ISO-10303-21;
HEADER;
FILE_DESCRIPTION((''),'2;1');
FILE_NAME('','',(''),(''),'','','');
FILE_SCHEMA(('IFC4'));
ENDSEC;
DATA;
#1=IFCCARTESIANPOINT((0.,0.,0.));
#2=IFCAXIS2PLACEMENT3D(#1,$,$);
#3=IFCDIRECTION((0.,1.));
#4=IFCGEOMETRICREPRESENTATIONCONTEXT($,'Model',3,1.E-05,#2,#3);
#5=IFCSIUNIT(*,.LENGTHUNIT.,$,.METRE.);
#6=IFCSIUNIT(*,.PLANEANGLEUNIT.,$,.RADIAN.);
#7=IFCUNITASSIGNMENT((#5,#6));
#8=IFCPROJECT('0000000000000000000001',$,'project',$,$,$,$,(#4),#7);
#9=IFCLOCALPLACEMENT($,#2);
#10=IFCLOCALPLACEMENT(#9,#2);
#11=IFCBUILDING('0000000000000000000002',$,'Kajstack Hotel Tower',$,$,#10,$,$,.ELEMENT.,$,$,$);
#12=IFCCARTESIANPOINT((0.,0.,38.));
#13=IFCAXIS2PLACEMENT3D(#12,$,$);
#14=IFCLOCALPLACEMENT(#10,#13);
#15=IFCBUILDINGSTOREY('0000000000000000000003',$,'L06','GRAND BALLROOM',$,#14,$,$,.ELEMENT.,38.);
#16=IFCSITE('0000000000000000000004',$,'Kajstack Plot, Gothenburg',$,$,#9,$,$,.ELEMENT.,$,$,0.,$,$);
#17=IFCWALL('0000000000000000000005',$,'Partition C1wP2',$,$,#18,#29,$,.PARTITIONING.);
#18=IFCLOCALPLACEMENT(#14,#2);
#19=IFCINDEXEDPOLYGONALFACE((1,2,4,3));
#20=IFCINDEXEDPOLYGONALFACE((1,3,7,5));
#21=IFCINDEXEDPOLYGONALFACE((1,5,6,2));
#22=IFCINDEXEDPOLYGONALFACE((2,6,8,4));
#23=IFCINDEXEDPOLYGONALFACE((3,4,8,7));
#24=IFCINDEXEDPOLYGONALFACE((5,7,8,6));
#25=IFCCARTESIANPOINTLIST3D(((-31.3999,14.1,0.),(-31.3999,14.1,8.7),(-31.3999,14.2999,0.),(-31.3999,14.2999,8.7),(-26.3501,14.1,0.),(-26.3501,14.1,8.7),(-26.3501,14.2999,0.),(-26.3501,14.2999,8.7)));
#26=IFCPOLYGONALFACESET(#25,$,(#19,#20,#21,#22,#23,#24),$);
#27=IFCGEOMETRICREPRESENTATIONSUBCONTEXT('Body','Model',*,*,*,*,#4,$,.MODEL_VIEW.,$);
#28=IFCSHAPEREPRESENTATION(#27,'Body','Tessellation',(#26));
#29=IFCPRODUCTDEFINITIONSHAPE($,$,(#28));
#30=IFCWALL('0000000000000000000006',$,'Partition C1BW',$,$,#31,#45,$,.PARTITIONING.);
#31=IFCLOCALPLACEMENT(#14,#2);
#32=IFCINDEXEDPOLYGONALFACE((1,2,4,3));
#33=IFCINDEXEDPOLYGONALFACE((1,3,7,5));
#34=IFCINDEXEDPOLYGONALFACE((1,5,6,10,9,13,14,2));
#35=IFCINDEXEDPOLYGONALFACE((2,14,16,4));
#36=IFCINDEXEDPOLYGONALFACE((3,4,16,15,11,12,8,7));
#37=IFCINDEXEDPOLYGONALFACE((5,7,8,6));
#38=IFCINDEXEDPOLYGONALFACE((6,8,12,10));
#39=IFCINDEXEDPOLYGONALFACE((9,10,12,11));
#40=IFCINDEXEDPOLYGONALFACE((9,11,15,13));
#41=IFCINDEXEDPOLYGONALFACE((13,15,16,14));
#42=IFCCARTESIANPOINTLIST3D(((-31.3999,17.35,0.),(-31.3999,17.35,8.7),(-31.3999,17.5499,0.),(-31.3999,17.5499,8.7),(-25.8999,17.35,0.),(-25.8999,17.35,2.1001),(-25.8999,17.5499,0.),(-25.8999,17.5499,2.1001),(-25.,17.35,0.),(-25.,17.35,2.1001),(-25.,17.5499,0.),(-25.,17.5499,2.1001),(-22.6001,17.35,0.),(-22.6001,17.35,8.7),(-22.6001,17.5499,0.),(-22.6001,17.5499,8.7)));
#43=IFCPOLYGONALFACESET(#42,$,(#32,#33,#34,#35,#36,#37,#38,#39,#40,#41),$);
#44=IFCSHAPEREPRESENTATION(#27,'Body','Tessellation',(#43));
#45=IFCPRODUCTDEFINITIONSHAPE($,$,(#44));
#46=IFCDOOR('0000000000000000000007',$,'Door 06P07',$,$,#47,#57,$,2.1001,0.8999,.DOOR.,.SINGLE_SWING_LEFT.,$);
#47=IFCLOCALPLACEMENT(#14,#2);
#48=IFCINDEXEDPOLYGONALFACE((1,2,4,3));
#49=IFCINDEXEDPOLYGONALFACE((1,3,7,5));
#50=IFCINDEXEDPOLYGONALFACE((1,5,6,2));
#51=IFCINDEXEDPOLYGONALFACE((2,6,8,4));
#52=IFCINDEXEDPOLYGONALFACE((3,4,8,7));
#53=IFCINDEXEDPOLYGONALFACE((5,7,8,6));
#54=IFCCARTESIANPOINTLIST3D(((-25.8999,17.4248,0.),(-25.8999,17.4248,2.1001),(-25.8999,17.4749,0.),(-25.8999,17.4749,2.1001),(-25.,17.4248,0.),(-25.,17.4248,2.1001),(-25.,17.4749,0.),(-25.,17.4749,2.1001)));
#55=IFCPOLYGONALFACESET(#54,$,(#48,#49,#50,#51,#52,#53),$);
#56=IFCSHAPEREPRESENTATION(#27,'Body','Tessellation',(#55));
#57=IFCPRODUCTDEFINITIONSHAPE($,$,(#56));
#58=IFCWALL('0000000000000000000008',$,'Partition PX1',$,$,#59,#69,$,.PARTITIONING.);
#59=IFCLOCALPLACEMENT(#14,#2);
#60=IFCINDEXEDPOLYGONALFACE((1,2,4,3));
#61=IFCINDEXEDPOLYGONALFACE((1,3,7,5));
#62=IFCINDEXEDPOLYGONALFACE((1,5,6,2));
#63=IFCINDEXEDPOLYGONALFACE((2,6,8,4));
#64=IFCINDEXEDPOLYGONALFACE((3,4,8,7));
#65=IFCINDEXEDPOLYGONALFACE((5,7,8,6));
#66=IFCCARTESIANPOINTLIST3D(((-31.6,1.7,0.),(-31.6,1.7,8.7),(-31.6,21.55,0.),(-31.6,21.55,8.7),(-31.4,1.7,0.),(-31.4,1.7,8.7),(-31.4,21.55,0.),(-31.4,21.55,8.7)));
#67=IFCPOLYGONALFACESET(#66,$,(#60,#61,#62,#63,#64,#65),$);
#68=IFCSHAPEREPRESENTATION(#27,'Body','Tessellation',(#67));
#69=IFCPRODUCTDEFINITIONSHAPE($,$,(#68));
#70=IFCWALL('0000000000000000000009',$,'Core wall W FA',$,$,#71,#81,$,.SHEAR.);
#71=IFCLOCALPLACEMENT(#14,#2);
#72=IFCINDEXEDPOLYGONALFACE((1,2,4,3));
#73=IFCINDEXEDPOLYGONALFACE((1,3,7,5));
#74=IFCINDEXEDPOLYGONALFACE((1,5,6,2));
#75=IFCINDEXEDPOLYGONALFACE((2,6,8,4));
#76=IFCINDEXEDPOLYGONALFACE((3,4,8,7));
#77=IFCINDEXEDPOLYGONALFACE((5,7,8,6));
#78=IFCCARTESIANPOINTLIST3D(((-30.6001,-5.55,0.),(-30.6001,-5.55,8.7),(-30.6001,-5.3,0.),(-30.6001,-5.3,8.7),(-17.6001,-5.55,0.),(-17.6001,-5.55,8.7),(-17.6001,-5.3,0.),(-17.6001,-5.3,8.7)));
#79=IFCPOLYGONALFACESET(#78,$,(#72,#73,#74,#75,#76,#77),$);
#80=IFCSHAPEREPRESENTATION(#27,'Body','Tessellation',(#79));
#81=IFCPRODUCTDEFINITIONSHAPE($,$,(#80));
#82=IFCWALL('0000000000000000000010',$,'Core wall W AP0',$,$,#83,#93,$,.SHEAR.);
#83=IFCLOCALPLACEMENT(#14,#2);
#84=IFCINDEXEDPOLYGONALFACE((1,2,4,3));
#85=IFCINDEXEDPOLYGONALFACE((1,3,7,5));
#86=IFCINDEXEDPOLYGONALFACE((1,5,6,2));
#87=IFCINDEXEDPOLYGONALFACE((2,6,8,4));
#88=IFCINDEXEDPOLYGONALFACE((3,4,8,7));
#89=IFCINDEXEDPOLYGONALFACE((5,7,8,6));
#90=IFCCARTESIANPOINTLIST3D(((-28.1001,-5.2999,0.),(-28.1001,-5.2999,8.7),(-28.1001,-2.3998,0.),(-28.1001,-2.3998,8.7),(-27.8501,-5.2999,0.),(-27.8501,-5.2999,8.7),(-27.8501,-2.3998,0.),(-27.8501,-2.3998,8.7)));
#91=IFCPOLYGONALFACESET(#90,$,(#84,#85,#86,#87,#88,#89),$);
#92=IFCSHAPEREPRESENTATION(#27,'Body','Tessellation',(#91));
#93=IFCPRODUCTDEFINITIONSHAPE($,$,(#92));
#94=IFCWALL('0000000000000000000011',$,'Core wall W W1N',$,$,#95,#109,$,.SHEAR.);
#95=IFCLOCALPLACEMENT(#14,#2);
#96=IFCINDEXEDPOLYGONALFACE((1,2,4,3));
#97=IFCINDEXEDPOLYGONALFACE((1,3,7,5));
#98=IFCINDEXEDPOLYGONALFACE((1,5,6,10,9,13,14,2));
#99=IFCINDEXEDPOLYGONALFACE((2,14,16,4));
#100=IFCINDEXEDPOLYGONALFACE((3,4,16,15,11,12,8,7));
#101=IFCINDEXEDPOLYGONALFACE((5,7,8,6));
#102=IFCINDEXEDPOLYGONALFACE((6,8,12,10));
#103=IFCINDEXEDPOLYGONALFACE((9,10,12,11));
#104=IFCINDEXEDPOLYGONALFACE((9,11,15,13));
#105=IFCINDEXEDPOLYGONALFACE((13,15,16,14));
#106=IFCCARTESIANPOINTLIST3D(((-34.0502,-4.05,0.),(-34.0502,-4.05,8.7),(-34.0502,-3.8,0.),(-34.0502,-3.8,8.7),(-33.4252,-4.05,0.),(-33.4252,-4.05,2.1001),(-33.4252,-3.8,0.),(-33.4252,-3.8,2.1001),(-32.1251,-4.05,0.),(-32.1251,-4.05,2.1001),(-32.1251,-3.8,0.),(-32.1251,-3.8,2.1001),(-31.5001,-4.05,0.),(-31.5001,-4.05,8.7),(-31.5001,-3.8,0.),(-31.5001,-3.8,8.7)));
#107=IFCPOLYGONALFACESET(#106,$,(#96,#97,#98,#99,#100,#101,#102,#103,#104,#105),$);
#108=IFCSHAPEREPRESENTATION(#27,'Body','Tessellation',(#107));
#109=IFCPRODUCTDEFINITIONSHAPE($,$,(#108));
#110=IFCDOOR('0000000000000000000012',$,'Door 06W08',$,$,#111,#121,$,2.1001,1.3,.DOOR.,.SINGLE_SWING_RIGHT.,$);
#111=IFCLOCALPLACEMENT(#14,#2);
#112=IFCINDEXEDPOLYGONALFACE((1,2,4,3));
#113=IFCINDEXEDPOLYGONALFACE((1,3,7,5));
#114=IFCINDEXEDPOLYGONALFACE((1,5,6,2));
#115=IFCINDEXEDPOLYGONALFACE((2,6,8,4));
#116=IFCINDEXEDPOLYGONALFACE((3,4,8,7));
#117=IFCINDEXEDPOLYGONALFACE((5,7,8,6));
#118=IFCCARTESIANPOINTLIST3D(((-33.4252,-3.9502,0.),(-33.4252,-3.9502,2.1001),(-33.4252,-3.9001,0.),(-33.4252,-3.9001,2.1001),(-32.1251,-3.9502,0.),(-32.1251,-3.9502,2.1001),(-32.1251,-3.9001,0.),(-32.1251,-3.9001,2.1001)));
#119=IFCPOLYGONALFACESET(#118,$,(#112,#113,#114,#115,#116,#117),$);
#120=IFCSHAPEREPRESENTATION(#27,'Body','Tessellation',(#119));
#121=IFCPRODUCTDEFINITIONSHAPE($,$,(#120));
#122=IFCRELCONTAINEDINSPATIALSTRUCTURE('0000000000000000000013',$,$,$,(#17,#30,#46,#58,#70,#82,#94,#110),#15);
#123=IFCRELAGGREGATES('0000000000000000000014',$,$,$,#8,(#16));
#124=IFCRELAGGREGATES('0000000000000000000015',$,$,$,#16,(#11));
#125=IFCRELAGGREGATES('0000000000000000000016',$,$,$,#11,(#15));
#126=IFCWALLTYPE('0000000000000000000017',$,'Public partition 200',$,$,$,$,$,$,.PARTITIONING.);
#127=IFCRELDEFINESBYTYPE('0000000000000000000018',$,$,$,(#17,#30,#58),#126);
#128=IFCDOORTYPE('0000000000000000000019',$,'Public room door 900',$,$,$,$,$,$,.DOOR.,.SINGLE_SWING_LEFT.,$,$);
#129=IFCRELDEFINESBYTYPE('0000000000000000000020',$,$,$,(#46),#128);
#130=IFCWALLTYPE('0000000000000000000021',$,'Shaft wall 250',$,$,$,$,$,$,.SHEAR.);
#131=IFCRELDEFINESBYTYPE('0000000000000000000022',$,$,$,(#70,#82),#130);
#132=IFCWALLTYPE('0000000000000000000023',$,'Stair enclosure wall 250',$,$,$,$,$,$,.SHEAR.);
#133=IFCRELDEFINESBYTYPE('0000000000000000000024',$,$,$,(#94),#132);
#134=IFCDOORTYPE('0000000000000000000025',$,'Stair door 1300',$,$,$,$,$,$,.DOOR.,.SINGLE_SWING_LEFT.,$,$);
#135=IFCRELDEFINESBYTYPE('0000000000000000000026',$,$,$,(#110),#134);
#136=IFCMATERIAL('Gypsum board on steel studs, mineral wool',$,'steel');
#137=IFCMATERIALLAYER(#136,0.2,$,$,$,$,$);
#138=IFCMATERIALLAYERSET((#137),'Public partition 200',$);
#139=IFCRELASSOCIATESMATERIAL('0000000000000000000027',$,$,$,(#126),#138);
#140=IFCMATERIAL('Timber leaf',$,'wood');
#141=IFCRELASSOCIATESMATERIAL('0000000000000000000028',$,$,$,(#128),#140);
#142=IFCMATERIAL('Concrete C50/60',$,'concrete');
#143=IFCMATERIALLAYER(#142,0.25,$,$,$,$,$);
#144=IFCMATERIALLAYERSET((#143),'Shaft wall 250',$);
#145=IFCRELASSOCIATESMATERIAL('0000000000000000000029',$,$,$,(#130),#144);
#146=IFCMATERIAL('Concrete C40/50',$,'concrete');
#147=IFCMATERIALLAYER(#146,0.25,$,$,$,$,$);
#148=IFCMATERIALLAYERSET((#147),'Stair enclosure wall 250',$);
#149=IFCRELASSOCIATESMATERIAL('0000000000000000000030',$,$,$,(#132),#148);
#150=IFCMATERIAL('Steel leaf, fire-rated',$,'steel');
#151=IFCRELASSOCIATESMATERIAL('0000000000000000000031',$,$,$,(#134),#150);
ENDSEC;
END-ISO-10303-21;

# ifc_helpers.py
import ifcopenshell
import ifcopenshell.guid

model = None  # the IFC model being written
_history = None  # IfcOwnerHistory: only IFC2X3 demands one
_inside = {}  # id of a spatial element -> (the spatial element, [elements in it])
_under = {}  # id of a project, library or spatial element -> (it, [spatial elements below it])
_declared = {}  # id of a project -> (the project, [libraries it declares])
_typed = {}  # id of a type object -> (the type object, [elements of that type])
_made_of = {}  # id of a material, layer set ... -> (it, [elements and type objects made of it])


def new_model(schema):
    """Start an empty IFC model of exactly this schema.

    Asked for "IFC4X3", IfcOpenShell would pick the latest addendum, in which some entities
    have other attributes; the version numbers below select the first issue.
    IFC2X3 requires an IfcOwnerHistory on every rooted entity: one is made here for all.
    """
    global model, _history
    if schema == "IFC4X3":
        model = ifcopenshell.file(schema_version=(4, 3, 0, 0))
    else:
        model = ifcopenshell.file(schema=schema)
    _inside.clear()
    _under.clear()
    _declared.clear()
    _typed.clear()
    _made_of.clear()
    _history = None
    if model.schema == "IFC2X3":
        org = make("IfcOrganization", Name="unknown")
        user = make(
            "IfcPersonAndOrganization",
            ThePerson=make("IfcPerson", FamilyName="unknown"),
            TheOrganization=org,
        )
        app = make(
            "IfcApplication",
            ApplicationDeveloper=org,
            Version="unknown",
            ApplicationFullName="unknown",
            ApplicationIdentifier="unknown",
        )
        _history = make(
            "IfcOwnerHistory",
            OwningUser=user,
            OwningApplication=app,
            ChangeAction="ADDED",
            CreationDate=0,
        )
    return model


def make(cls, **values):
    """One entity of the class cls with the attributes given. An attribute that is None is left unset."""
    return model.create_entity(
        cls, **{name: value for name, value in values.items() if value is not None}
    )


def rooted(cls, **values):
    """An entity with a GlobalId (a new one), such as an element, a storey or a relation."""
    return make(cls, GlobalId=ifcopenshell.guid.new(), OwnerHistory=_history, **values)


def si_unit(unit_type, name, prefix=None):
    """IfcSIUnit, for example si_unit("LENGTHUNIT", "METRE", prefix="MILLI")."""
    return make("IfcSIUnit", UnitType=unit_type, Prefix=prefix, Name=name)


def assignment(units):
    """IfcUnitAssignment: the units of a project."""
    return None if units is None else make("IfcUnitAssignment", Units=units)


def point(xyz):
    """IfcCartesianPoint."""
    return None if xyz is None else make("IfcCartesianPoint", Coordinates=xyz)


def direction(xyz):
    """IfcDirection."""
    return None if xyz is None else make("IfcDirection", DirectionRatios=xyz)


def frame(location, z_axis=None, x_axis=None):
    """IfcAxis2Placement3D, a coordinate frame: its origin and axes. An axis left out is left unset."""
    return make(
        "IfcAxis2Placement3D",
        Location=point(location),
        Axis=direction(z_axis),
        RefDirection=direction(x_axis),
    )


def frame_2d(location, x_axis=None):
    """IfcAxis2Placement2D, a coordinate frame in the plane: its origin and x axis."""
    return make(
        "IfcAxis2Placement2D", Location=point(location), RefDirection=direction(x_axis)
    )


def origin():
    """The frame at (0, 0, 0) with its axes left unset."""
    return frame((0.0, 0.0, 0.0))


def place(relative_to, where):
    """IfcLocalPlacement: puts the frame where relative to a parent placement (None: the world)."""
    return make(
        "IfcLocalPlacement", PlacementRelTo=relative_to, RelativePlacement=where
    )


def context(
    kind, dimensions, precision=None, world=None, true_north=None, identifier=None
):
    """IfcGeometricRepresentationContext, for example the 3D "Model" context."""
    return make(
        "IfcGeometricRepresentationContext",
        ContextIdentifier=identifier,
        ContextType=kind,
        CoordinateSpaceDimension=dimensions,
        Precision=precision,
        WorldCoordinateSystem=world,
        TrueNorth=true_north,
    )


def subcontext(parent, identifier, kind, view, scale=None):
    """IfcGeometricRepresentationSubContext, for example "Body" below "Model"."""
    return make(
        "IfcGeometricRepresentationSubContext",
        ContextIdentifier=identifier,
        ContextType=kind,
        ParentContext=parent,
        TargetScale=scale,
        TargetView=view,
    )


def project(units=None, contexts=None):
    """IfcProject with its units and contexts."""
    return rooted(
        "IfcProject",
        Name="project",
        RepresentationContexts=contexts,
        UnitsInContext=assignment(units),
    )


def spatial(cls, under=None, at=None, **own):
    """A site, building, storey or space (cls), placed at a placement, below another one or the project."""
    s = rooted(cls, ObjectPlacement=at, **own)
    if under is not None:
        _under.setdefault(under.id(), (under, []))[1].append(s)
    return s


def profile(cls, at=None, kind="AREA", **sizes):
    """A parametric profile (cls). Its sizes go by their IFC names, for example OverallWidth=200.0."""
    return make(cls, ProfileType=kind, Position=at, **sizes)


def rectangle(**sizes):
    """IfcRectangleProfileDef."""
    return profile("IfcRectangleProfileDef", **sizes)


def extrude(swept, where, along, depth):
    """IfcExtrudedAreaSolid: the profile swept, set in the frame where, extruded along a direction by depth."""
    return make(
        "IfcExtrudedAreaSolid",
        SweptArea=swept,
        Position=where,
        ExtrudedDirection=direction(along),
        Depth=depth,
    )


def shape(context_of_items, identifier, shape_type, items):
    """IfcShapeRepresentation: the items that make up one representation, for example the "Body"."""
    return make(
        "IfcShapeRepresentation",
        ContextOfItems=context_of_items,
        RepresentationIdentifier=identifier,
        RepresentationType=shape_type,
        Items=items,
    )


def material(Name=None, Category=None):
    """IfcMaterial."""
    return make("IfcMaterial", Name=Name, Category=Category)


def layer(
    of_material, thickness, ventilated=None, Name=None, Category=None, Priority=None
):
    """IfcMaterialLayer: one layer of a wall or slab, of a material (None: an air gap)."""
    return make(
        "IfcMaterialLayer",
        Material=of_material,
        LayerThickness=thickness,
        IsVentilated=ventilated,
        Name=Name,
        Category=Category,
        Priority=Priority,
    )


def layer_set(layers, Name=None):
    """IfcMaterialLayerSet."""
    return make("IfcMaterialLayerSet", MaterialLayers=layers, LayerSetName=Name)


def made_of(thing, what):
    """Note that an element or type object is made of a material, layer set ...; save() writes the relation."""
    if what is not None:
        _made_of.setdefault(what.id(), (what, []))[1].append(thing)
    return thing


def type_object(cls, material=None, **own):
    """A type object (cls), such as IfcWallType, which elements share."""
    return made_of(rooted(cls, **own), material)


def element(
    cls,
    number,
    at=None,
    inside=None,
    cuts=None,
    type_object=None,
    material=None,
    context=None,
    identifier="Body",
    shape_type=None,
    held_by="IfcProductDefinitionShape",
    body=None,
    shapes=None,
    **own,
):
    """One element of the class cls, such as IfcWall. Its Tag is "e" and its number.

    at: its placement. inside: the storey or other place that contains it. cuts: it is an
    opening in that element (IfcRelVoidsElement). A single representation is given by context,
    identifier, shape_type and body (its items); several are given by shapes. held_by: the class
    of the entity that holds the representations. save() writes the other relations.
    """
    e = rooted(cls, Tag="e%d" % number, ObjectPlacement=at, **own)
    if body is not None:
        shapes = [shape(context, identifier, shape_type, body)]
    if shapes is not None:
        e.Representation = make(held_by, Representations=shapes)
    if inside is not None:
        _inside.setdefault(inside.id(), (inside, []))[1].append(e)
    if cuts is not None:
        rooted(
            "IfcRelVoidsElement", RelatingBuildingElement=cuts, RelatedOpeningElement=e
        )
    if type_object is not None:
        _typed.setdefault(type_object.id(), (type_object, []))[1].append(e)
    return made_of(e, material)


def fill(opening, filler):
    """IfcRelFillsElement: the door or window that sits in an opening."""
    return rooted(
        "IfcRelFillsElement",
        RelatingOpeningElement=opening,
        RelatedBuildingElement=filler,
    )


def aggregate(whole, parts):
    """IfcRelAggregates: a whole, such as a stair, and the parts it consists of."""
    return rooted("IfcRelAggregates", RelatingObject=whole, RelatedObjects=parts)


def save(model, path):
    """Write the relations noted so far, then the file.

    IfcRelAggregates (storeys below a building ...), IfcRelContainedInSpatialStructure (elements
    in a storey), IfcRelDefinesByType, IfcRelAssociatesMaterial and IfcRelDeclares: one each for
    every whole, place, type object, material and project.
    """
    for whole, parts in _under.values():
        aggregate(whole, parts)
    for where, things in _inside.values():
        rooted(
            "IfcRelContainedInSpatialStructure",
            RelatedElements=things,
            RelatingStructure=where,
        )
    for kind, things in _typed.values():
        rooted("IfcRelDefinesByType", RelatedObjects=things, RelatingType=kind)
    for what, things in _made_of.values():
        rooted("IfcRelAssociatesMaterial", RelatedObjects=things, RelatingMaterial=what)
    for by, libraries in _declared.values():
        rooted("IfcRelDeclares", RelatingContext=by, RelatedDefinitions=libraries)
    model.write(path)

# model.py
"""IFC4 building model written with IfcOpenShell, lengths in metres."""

from ifc_helpers import new_model, si_unit, direction, frame, frame_2d, origin, place, context, subcontext, project, spatial, rectangle, extrude, material, layer, layer_set, type_object, element, fill, save


model = new_model("IFC4")

# Units and contexts
model_context = context("Model", 3, precision=1e-05, world=origin(), true_north=direction((0.0, 1.0)))
body_context = subcontext(model_context, "Body", "Model", "MODEL_VIEW")
ifc_project = project(units=[si_unit("LENGTHUNIT", "METRE"), si_unit("PLANEANGLEUNIT", "RADIAN")], contexts=[model_context])

# Site, building, storey
site_placement = place(None, origin())
site = spatial("IfcSite", under=ifc_project, at=site_placement, Name="Kajstack Plot, Gothenburg", CompositionType="ELEMENT", RefElevation=0.0)
building_placement = place(site_placement, origin())
building = spatial("IfcBuilding", under=site, at=building_placement, Name="Kajstack Hotel Tower", CompositionType="ELEMENT")
storey_placement = place(building_placement, frame((0.0, 0.0, 38.0)))
storey = spatial("IfcBuildingStorey", under=building, at=storey_placement, Name="L06", Description="GRAND BALLROOM", CompositionType="ELEMENT", Elevation=38.0)

# Shared definitions
ifc_material_1 = material(Name="Gypsum board on steel studs, mineral wool", Category="steel")
ifc_layer_1 = layer(ifc_material_1, 0.2)
ifc_layer_set_1 = layer_set([ifc_layer_1], Name="Public partition 200")
wall_type_1 = type_object("IfcWallType", Name="Public partition 200", PredefinedType="PARTITIONING", material=ifc_layer_set_1)
ifc_material_2 = material(Name="Timber leaf", Category="wood")
door_type_1 = type_object("IfcDoorType", Name="Public room door 900", OperationType="SINGLE_SWING_LEFT", PredefinedType="DOOR", material=ifc_material_2)

# Wall
for number, where, z_axis, x_axis, name in (
    (1, (-31.3999, 14.2, 0.0), (0.0, 0.0, 1.0), (1.0, 0.0, 0.0), "Partition C1wP2"),
):
    element("IfcWall", number, at=place(storey_placement, frame(where, z_axis=z_axis, x_axis=x_axis)), inside=storey, type_object=wall_type_1, Name=name, PredefinedType="PARTITIONING", context=body_context, shape_type="SweptSolid", body=[
        extrude(rectangle(XDim=5.0498, YDim=0.2, at=frame_2d((2.5249, 0.0))), origin(), (0.0, 0.0, 1.0), 8.7),
    ])

# Wall, opening, door
wall_1_placement = place(storey_placement, frame((-31.3999, 17.45, 0.0), z_axis=(0.0, 0.0, 1.0), x_axis=(1.0, 0.0, 0.0)))
wall_1 = element("IfcWall", 2, at=wall_1_placement, inside=storey, type_object=wall_type_1, Name="Partition C1BW", PredefinedType="PARTITIONING", context=body_context, shape_type="SweptSolid", body=[
    extrude(rectangle(XDim=8.7998, YDim=0.2, at=frame_2d((4.3999, 0.0))), origin(), (0.0, 0.0, 1.0), 8.7),
])
opening_1_placement = place(wall_1_placement, frame((5.5, 0.0, 0.0)))
opening_1 = element("IfcOpeningElement", 3, at=opening_1_placement, cuts=wall_1, PredefinedType="OPENING", context=body_context, shape_type="SweptSolid", body=[
    extrude(rectangle(XDim=0.8999, YDim=2.1001, at=frame_2d((0.45, 1.05))), frame((0.0, 0.1099, 0.0), z_axis=(0.0, -1.0, 0.0), x_axis=(1.0, 0.0, 0.0)), (0.0, 0.0, 1.0), 0.22),
])
door_1_placement = place(opening_1_placement, origin())
door_1 = element("IfcDoor", 4, at=door_1_placement, inside=storey, type_object=door_type_1, Name="Door 06P07", OperationType="SINGLE_SWING_LEFT", OverallHeight=2.1001, OverallWidth=0.8999, PredefinedType="DOOR", context=body_context, shape_type="SweptSolid", body=[
    extrude(rectangle(XDim=0.8999, YDim=2.1001, at=frame_2d((0.45, 1.05))), frame((0.0, 0.0249, 0.0), z_axis=(0.0, -1.0, 0.0), x_axis=(1.0, 0.0, 0.0)), (0.0, 0.0, 1.0), 0.05),
])
fill(opening_1, door_1)

# Walls
wall_2_placement = place(storey_placement, frame((-31.5, 1.7, 0.0), z_axis=(0.0, 0.0, 1.0), x_axis=(0.0, 1.0, 0.0)))
element("IfcWall", 5, at=wall_2_placement, inside=storey, type_object=wall_type_1, Name="Partition PX1", PredefinedType="PARTITIONING", context=body_context, shape_type="SweptSolid", body=[
    extrude(rectangle(XDim=19.8501, YDim=0.2, at=frame_2d((9.925, 0.0))), origin(), (0.0, 0.0, 1.0), 8.7),
])
ifc_material_3 = material(Name="Concrete C50/60", Category="concrete")
ifc_layer_2 = layer(ifc_material_3, 0.25)
ifc_layer_set_2 = layer_set([ifc_layer_2], Name="Shaft wall 250")
wall_type_2 = type_object("IfcWallType", Name="Shaft wall 250", PredefinedType="SHEAR", material=ifc_layer_set_2)
wall_3_placement = place(storey_placement, frame((-30.6001, -5.425, 0.0), z_axis=(0.0, 0.0, 1.0), x_axis=(1.0, 0.0, 0.0)))
element("IfcWall", 6, at=wall_3_placement, inside=storey, type_object=wall_type_2, Name="Core wall W FA", PredefinedType="SHEAR", context=body_context, shape_type="SweptSolid", body=[
    extrude(rectangle(XDim=13.0, YDim=0.25, at=frame_2d((6.5, 0.0))), origin(), (0.0, 0.0, 1.0), 8.7),
])
wall_4_placement = place(storey_placement, frame((-27.9751, -5.3, 0.0), z_axis=(0.0, 0.0, 1.0), x_axis=(0.0, 1.0, 0.0)))
element("IfcWall", 7, at=wall_4_placement, inside=storey, type_object=wall_type_2, Name="Core wall W AP0", PredefinedType="SHEAR", context=body_context, shape_type="SweptSolid", body=[
    extrude(rectangle(XDim=2.9001, YDim=0.25, at=frame_2d((1.4502, 0.0))), origin(), (0.0, 0.0, 1.0), 8.7),
])

# Wall, opening, door
ifc_material_4 = material(Name="Concrete C40/50", Category="concrete")
ifc_layer_3 = layer(ifc_material_4, 0.25)
ifc_layer_set_3 = layer_set([ifc_layer_3], Name="Stair enclosure wall 250")
wall_type_3 = type_object("IfcWallType", Name="Stair enclosure wall 250", PredefinedType="SHEAR", material=ifc_layer_set_3)
wall_5_placement = place(storey_placement, frame((-34.05, -3.925, 0.0), z_axis=(0.0, 0.0, 1.0), x_axis=(1.0, 0.0, 0.0)))
wall_5 = element("IfcWall", 8, at=wall_5_placement, inside=storey, type_object=wall_type_3, Name="Core wall W W1N", PredefinedType="SHEAR", context=body_context, shape_type="SweptSolid", body=[
    extrude(rectangle(XDim=2.55, YDim=0.25, at=frame_2d((1.2749, 0.0))), origin(), (0.0, 0.0, 1.0), 8.7),
])
opening_2_placement = place(wall_5_placement, frame((0.625, 0.0, 0.0)))
opening_2 = element("IfcOpeningElement", 9, at=opening_2_placement, cuts=wall_5, PredefinedType="OPENING", context=body_context, shape_type="SweptSolid", body=[
    extrude(rectangle(XDim=1.3, YDim=2.1001, at=frame_2d((0.6499, 1.05))), frame((0.0, 0.135, 0.0), z_axis=(0.0, -1.0, 0.0), x_axis=(1.0, 0.0, 0.0)), (0.0, 0.0, 1.0), 0.27),
])
ifc_material_5 = material(Name="Steel leaf, fire-rated", Category="steel")
door_type_2 = type_object("IfcDoorType", Name="Stair door 1300", OperationType="SINGLE_SWING_LEFT", PredefinedType="DOOR", material=ifc_material_5)
door_2_placement = place(opening_2_placement, origin())
door_2 = element("IfcDoor", 10, at=door_2_placement, inside=storey, type_object=door_type_2, Name="Door 06W08", OperationType="SINGLE_SWING_RIGHT", OverallHeight=2.1001, OverallWidth=1.3, PredefinedType="DOOR", context=body_context, shape_type="SweptSolid", body=[
    extrude(rectangle(XDim=1.3, YDim=2.1001, at=frame_2d((0.6499, 1.05))), frame((0.0, 0.0249, 0.0), z_axis=(0.0, -1.0, 0.0), x_axis=(1.0, 0.0, 0.0)), (0.0, 0.0, 1.0), 0.05),
])
fill(opening_2, door_2)

save(model, "model.ifc")
